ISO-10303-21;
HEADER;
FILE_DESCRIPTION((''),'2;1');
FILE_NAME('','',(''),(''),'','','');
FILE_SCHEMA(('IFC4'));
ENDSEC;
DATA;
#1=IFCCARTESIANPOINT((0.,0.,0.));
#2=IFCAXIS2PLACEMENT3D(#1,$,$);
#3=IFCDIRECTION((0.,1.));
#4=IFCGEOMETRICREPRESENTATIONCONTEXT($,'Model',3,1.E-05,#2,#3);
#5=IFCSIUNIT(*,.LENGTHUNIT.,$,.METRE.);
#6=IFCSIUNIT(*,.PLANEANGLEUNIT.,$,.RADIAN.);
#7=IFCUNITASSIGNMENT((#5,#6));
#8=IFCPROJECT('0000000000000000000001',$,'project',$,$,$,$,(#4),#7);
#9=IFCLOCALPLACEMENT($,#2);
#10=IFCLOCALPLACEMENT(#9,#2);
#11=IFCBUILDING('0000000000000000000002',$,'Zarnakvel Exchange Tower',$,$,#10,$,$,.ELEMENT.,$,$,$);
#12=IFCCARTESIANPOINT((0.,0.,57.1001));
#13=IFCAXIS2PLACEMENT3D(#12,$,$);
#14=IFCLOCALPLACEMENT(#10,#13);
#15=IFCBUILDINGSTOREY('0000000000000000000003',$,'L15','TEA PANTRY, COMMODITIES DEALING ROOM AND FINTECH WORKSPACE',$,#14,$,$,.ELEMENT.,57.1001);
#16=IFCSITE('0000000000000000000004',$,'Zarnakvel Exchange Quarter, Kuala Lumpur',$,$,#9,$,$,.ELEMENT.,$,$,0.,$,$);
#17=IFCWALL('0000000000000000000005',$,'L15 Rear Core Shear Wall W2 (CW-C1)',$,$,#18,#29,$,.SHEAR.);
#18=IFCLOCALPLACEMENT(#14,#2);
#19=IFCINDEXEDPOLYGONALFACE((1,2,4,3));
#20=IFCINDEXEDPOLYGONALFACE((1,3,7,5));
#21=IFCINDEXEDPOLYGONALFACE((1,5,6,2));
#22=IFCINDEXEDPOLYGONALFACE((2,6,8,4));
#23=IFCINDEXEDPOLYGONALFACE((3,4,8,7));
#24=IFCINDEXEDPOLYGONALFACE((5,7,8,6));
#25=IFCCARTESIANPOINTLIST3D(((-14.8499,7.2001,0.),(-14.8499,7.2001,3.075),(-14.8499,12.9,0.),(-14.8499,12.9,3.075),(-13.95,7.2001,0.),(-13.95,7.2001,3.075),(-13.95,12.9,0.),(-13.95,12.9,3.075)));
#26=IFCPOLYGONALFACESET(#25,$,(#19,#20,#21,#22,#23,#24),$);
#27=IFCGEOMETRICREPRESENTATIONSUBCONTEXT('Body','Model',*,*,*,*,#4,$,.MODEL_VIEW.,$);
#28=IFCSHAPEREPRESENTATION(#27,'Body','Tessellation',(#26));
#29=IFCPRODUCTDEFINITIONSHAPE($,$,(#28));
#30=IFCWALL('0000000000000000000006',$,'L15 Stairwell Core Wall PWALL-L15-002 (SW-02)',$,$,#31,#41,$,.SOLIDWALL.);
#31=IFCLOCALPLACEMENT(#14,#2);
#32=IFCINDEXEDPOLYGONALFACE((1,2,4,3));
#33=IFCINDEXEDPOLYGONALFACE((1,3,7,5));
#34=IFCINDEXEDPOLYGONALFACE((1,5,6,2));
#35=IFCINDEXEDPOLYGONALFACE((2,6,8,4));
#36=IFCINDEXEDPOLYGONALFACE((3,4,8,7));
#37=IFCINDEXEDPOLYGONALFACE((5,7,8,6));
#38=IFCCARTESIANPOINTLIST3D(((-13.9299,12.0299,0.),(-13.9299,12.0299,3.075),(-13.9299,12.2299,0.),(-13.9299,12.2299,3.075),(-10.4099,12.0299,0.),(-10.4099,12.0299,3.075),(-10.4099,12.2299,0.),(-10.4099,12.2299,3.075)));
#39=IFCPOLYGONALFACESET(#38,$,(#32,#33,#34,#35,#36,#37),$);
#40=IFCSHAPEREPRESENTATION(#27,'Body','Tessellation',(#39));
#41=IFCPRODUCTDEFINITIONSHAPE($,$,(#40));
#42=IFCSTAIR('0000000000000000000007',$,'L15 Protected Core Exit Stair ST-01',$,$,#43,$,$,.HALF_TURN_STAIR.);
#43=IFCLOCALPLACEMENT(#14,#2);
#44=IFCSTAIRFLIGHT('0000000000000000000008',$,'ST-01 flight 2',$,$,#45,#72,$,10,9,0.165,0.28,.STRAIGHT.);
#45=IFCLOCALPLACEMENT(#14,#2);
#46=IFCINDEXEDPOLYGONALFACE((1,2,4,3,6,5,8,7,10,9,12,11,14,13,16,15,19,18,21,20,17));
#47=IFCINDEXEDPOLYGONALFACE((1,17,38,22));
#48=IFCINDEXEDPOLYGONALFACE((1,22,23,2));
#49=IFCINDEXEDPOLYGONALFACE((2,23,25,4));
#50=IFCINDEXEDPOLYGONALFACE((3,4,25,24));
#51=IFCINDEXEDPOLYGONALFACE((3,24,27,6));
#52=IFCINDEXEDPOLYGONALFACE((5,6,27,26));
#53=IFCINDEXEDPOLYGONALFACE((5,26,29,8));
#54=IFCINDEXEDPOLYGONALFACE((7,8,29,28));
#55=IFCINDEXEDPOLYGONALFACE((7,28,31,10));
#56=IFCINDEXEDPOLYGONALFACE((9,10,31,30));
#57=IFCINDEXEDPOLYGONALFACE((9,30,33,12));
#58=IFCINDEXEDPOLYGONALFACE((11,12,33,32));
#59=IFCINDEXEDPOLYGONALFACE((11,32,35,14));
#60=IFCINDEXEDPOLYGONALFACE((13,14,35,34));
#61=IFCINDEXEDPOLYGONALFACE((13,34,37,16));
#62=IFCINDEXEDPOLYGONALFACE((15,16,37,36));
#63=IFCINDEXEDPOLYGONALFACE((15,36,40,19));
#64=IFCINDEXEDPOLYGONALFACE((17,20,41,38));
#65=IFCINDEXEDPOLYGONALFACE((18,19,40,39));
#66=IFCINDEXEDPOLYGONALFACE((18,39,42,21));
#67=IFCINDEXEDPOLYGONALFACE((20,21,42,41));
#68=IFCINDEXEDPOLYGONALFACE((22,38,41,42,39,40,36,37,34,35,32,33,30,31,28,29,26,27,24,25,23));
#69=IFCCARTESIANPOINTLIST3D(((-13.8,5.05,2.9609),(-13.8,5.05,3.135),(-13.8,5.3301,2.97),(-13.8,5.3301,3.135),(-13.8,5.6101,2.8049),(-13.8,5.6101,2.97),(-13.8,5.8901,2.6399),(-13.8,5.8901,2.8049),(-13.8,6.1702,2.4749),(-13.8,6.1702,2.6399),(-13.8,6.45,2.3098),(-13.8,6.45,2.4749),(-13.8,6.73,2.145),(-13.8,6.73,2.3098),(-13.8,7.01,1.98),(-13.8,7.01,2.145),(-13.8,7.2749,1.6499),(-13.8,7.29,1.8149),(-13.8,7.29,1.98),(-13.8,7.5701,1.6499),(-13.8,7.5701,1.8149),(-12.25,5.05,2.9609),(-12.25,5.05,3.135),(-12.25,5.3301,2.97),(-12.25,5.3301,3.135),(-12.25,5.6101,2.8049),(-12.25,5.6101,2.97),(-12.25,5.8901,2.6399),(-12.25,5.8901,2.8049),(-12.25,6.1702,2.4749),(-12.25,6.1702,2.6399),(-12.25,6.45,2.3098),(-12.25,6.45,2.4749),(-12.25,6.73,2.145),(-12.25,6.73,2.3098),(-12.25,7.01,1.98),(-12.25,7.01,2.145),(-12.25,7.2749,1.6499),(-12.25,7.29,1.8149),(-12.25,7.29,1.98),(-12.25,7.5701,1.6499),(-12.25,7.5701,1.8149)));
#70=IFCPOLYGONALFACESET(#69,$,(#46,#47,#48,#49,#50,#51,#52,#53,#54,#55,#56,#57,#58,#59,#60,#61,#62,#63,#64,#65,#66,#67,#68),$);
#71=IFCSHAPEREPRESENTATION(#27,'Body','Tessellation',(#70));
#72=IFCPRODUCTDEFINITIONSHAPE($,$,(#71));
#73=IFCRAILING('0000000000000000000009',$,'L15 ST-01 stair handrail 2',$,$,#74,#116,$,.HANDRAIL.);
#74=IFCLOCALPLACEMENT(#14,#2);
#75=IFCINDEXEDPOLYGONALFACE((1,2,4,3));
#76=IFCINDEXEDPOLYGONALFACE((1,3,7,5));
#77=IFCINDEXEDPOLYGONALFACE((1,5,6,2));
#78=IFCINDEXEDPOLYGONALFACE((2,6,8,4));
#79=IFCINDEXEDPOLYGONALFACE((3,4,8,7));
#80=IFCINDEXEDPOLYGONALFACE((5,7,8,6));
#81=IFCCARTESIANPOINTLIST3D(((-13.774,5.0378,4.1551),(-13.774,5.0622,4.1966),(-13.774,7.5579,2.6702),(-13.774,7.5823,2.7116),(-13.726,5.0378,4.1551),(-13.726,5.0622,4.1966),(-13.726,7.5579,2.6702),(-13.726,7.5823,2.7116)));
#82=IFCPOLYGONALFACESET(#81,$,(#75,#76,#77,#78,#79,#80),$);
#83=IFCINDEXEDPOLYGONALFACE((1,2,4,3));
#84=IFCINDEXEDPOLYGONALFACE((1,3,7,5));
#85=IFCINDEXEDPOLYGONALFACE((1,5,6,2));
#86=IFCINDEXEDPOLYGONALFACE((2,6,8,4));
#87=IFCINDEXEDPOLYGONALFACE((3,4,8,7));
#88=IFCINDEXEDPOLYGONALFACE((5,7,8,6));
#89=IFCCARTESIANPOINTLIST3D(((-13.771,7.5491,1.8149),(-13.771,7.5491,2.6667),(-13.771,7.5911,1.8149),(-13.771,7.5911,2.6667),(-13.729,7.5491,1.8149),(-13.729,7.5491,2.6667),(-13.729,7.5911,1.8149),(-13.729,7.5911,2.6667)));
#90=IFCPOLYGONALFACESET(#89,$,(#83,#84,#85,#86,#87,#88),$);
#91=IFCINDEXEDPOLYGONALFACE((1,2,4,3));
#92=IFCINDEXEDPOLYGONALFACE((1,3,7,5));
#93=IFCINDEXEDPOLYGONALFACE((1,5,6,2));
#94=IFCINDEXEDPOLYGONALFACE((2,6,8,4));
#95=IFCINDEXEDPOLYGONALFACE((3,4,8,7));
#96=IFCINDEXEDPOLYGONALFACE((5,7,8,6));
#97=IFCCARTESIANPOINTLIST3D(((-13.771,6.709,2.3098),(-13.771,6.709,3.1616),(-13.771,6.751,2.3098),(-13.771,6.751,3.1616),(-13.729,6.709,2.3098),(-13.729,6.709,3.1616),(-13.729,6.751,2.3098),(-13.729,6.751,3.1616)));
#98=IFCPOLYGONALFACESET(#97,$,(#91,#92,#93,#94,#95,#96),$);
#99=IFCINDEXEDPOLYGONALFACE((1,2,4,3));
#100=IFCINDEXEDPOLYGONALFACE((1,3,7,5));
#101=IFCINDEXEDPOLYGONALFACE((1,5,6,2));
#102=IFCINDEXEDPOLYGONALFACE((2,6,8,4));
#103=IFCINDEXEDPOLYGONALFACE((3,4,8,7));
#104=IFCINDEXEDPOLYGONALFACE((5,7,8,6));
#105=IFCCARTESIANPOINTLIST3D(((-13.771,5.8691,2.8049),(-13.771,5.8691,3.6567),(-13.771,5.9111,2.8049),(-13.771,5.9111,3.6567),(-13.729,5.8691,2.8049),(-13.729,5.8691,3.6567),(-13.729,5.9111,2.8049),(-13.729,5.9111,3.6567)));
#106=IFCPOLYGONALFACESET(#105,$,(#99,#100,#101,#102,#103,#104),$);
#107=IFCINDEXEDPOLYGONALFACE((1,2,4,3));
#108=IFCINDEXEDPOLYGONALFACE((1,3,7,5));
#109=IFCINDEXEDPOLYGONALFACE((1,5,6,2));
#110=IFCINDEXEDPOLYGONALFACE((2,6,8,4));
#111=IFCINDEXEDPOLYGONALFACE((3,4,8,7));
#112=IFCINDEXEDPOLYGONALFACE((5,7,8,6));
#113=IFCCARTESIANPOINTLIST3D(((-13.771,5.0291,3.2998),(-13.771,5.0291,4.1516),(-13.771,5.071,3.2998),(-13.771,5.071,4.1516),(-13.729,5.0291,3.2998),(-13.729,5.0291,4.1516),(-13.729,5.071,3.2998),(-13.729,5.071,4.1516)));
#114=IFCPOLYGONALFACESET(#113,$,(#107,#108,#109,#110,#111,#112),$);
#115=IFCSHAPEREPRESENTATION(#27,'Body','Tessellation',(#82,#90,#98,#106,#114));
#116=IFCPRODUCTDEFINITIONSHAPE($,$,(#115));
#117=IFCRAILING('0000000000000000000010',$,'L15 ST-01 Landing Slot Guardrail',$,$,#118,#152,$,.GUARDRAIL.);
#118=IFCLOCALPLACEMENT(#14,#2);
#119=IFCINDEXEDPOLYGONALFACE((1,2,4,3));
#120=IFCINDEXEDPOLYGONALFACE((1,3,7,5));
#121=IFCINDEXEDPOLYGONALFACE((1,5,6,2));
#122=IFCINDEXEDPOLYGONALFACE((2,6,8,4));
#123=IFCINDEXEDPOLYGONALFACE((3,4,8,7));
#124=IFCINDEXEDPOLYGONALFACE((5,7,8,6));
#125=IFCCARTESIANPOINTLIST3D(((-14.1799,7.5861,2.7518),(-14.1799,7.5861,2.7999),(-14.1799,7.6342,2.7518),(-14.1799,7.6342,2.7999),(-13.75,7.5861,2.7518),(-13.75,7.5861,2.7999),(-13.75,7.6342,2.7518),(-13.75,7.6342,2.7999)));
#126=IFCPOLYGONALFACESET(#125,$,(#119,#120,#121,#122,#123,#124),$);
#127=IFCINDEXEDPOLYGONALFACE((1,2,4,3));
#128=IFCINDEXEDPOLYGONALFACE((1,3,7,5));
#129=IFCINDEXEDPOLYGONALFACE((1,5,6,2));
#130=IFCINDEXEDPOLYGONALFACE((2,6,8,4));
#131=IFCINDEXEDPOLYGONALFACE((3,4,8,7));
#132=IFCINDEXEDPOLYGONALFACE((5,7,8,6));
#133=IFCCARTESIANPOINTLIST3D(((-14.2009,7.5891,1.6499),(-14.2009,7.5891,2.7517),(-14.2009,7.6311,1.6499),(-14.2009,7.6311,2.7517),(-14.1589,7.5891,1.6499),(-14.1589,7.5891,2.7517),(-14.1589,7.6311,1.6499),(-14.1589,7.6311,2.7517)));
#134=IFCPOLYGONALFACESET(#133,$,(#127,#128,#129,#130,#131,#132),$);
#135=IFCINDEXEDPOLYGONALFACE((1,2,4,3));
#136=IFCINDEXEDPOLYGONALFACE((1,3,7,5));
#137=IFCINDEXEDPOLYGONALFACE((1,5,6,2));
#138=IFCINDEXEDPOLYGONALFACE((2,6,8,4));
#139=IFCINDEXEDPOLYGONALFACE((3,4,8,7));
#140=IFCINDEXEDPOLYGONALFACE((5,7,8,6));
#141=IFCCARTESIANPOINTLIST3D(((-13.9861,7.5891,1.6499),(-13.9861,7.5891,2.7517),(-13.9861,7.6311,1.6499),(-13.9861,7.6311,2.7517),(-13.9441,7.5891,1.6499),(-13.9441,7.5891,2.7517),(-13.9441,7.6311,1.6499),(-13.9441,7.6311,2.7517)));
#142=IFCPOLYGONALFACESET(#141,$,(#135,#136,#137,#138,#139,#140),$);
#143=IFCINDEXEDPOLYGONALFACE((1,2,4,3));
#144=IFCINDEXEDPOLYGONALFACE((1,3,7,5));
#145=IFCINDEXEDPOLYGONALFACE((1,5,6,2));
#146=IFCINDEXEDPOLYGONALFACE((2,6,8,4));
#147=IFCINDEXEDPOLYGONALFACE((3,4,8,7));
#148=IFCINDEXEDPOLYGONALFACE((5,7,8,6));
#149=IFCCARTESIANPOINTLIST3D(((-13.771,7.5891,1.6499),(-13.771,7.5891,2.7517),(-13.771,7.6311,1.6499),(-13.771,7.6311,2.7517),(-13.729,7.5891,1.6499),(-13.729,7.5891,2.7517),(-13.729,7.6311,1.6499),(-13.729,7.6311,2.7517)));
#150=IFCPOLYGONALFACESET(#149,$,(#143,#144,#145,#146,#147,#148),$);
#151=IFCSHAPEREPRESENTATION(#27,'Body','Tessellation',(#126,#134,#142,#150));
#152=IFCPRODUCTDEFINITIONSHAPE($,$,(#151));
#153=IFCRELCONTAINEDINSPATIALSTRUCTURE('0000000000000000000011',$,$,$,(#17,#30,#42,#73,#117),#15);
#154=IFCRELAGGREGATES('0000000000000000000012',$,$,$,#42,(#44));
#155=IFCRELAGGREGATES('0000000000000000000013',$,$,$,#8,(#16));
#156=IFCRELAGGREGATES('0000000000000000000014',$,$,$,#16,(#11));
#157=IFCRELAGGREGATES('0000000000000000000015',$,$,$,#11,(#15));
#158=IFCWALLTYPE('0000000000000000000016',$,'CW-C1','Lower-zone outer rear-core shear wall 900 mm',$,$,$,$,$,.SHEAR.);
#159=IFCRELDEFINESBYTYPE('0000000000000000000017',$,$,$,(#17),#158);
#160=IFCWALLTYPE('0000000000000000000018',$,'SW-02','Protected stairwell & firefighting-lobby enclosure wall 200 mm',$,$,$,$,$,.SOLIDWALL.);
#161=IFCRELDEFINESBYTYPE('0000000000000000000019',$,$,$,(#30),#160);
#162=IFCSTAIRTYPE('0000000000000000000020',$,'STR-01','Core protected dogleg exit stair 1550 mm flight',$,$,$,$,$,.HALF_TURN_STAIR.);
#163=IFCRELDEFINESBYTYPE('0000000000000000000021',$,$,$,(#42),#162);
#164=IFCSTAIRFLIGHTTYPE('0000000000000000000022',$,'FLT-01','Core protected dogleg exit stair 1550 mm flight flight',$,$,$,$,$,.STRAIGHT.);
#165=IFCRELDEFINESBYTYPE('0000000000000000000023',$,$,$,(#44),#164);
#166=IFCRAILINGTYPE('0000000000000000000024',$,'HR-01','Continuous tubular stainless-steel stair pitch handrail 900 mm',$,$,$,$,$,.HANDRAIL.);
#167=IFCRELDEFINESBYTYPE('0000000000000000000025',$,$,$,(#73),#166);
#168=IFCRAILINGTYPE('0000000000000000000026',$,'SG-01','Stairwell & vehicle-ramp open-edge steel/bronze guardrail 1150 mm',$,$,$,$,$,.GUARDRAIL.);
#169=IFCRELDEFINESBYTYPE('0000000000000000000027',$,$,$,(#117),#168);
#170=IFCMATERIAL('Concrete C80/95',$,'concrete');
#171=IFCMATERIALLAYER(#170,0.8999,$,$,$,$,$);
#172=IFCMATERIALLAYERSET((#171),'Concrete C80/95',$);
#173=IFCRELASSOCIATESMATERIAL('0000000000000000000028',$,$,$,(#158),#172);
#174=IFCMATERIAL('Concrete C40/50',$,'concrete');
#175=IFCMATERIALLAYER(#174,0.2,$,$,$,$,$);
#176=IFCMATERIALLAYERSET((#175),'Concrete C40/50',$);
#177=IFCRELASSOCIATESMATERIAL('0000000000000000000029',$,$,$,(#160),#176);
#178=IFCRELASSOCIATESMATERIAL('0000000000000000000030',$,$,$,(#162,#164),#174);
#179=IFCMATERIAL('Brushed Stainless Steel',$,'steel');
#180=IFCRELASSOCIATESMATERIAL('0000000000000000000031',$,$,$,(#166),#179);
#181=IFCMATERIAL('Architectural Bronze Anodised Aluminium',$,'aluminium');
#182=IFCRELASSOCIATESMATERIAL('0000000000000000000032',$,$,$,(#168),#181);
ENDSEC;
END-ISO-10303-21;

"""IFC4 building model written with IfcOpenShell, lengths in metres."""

from ifc_helpers import new_model, si_unit, direction, frame, frame_2d, origin, origin_2d, place, context, subcontext, project, spatial, polyline, rectangle, outline, extrude, material, layer, layer_set, type_object, element, aggregate, save


model = new_model("IFC4")

# Units and contexts
model_context = context("Model", 3, precision=1e-05, world=origin(), true_north=direction((0.0, 1.0)))
body_context = subcontext(model_context, "Body", "Model", "MODEL_VIEW")
ifc_project = project(units=[si_unit("LENGTHUNIT", "METRE"), si_unit("PLANEANGLEUNIT", "RADIAN")], contexts=[model_context])

# Site, building, storey
site_placement = place(None, origin())
site = spatial("IfcSite", under=ifc_project, at=site_placement, Name="Zarnakvel Exchange Quarter, Kuala Lumpur", CompositionType="ELEMENT", RefElevation=0.0)
building_placement = place(site_placement, origin())
building = spatial("IfcBuilding", under=site, at=building_placement, Name="Zarnakvel Exchange Tower", CompositionType="ELEMENT")
storey_placement = place(building_placement, frame((0.0, 0.0, 57.1001)))
storey = spatial("IfcBuildingStorey", under=building, at=storey_placement, Name="L15", Description="TEA PANTRY, COMMODITIES DEALING ROOM AND FINTECH WORKSPACE", CompositionType="ELEMENT", Elevation=57.1001)

# Shared definitions
ifc_material_1 = material(Name="Concrete C80/95", Category="concrete")

# Shared definitions
ifc_material_2 = material(Name="Architectural Bronze Anodised Aluminium", Category="aluminium")

# Walls
ifc_layer_1 = layer(ifc_material_1, 0.8999)
ifc_layer_set_1 = layer_set([ifc_layer_1], Name="Concrete C80/95")
wall_type_1 = type_object("IfcWallType", Name="CW-C1", Description="Lower-zone outer rear-core shear wall 900 mm", PredefinedType="SHEAR", material=ifc_layer_set_1)
wall_1_placement = place(storey_placement, frame((-14.3999, 7.2, 0.0), z_axis=(0.0, 0.0, 1.0), x_axis=(0.0, 1.0, 0.0)))
element("IfcWall", 1, at=wall_1_placement, inside=storey, type_object=wall_type_1, Name="L15 Rear Core Shear Wall W2 (CW-C1)", PredefinedType="SHEAR", context=body_context, shape_type="SweptSolid", body=[
    extrude(rectangle(XDim=5.7, YDim=0.8999, at=frame_2d((2.8501, 0.0))), origin(), (0.0, 0.0, 1.0), 3.075),
])
ifc_material_3 = material(Name="Concrete C40/50", Category="concrete")
ifc_layer_2 = layer(ifc_material_3, 0.2)
ifc_layer_set_2 = layer_set([ifc_layer_2], Name="Concrete C40/50")
wall_type_2 = type_object("IfcWallType", Name="SW-02", Description="Protected stairwell & firefighting-lobby enclosure wall 200 mm", PredefinedType="SOLIDWALL", material=ifc_layer_set_2)
wall_2_placement = place(storey_placement, frame((-13.9299, 12.1299, 0.0), z_axis=(0.0, 0.0, 1.0), x_axis=(1.0, 0.0, 0.0)))
element("IfcWall", 2, at=wall_2_placement, inside=storey, type_object=wall_type_2, Name="L15 Stairwell Core Wall PWALL-L15-002 (SW-02)", PredefinedType="SOLIDWALL", context=body_context, shape_type="SweptSolid", body=[
    extrude(rectangle(XDim=3.52, YDim=0.2, at=frame_2d((1.76, 0.0))), origin(), (0.0, 0.0, 1.0), 3.075),
])

# Stair, stair flight
stair_type = type_object("IfcStairType", Name="STR-01", Description="Core protected dogleg exit stair 1550 mm flight", PredefinedType="HALF_TURN_STAIR", material=ifc_material_3)
stair_placement = place(storey_placement, origin())
stair = element("IfcStair", 3, at=stair_placement, inside=storey, type_object=stair_type, Name="L15 Protected Core Exit Stair ST-01", PredefinedType="HALF_TURN_STAIR")
stair_flight_type = type_object("IfcStairFlightType", Name="FLT-01", Description="Core protected dogleg exit stair 1550 mm flight flight", PredefinedType="STRAIGHT", material=ifc_material_3)
stair_flight_placement = place(storey_placement, frame((-13.0249, 7.5701, 1.6499), z_axis=(0.0, 0.0, 1.0), x_axis=(0.0, -1.0, 0.0)))
stair_flight = element("IfcStairFlight", 4, at=stair_flight_placement, type_object=stair_flight_type, Name="ST-01 flight 2", NumberOfRisers=10, NumberOfTreads=9, PredefinedType="STRAIGHT", RiserHeight=0.165, TreadLength=0.28, context=body_context, shape_type="SweptSolid", body=[
    extrude(outline(polyline([(0.0, 0.0), (0.0, 0.165), (0.28, 0.165), (0.28, 0.3301), (0.5601, 0.3301), (0.5601, 0.4951), (0.8401, 0.4951), (0.8401, 0.6599), (1.1201, 0.6599), (1.1201, 0.825), (1.3999, 0.825), (1.3999, 0.99), (1.6799, 0.99), (1.6799, 1.155), (1.96, 1.155), (1.96, 1.3201), (2.24, 1.3201), (2.24, 1.4851), (2.52, 1.4851), (2.52, 1.6499), (2.52, 1.311), (0.2952, 0.0), (0.0, 0.0)])), frame((0.0, 0.7749, 0.0), z_axis=(0.0, -1.0, 0.0), x_axis=(1.0, 0.0, 0.0)), (0.0, 0.0, 1.0), 1.55),
])
aggregate(stair, [stair_flight])

# Railings
ifc_material_4 = material(Name="Brushed Stainless Steel", Category="steel")
railing_type_1 = type_object("IfcRailingType", Name="HR-01", Description="Continuous tubular stainless-steel stair pitch handrail 900 mm", PredefinedType="HANDRAIL", material=ifc_material_4)
railing_1_placement = place(storey_placement, frame((-13.75, 7.5701, 1.8149)))
element("IfcRailing", 5, at=railing_1_placement, inside=storey, type_object=railing_type_1, Name="L15 ST-01 stair handrail 2", PredefinedType="HANDRAIL", context=body_context, shape_type="SweptSolid", body=[
    extrude(rectangle(XDim=0.0481, YDim=0.0481, at=origin_2d()), frame((0.0, 0.0, 0.876), z_axis=(0.0, -0.861561, 0.507655), x_axis=(1.0, 0.0, 0.0)), (0.0, 0.0, 1.0), 2.925),
    extrude(rectangle(XDim=0.042, YDim=0.042, at=origin_2d()), origin(), (0.0, 0.0, 1.0), 0.8518),
    extrude(rectangle(XDim=0.042, YDim=0.042, at=origin_2d()), frame((0.0, -0.8401, 0.4949)), (0.0, 0.0, 1.0), 0.8518),
    extrude(rectangle(XDim=0.042, YDim=0.042, at=origin_2d()), frame((0.0, -1.6799, 0.99)), (0.0, 0.0, 1.0), 0.8518),
    extrude(rectangle(XDim=0.042, YDim=0.042, at=origin_2d()), frame((0.0, -2.52, 1.4849)), (0.0, 0.0, 1.0), 0.8518),
])
railing_type_2 = type_object("IfcRailingType", Name="SG-01", Description="Stairwell & vehicle-ramp open-edge steel/bronze guardrail 1150 mm", PredefinedType="GUARDRAIL", material=ifc_material_2)
railing_2_placement = place(storey_placement, frame((-14.1799, 7.6101, 1.6499)))
element("IfcRailing", 6, at=railing_2_placement, inside=storey, type_object=railing_type_2, Name="L15 ST-01 Landing Slot Guardrail", PredefinedType="GUARDRAIL", context=body_context, shape_type="SweptSolid", body=[
    extrude(rectangle(XDim=0.0481, YDim=0.0481, at=origin_2d()), frame((0.0, 0.0, 1.126), z_axis=(1.0, 0.0, 0.0), x_axis=(0.0, 1.0, 0.0)), (0.0, 0.0, 1.0), 0.4299),
    extrude(rectangle(XDim=0.042, YDim=0.042, at=origin_2d()), origin(), (0.0, 0.0, 1.0), 1.1018),
    extrude(rectangle(XDim=0.042, YDim=0.042, at=origin_2d()), frame((0.2148, 0.0, 0.0)), (0.0, 0.0, 1.0), 1.1018),
    extrude(rectangle(XDim=0.042, YDim=0.042, at=origin_2d()), frame((0.4299, 0.0, 0.0)), (0.0, 0.0, 1.0), 1.1018),
])

save(model, "model.ifc")
